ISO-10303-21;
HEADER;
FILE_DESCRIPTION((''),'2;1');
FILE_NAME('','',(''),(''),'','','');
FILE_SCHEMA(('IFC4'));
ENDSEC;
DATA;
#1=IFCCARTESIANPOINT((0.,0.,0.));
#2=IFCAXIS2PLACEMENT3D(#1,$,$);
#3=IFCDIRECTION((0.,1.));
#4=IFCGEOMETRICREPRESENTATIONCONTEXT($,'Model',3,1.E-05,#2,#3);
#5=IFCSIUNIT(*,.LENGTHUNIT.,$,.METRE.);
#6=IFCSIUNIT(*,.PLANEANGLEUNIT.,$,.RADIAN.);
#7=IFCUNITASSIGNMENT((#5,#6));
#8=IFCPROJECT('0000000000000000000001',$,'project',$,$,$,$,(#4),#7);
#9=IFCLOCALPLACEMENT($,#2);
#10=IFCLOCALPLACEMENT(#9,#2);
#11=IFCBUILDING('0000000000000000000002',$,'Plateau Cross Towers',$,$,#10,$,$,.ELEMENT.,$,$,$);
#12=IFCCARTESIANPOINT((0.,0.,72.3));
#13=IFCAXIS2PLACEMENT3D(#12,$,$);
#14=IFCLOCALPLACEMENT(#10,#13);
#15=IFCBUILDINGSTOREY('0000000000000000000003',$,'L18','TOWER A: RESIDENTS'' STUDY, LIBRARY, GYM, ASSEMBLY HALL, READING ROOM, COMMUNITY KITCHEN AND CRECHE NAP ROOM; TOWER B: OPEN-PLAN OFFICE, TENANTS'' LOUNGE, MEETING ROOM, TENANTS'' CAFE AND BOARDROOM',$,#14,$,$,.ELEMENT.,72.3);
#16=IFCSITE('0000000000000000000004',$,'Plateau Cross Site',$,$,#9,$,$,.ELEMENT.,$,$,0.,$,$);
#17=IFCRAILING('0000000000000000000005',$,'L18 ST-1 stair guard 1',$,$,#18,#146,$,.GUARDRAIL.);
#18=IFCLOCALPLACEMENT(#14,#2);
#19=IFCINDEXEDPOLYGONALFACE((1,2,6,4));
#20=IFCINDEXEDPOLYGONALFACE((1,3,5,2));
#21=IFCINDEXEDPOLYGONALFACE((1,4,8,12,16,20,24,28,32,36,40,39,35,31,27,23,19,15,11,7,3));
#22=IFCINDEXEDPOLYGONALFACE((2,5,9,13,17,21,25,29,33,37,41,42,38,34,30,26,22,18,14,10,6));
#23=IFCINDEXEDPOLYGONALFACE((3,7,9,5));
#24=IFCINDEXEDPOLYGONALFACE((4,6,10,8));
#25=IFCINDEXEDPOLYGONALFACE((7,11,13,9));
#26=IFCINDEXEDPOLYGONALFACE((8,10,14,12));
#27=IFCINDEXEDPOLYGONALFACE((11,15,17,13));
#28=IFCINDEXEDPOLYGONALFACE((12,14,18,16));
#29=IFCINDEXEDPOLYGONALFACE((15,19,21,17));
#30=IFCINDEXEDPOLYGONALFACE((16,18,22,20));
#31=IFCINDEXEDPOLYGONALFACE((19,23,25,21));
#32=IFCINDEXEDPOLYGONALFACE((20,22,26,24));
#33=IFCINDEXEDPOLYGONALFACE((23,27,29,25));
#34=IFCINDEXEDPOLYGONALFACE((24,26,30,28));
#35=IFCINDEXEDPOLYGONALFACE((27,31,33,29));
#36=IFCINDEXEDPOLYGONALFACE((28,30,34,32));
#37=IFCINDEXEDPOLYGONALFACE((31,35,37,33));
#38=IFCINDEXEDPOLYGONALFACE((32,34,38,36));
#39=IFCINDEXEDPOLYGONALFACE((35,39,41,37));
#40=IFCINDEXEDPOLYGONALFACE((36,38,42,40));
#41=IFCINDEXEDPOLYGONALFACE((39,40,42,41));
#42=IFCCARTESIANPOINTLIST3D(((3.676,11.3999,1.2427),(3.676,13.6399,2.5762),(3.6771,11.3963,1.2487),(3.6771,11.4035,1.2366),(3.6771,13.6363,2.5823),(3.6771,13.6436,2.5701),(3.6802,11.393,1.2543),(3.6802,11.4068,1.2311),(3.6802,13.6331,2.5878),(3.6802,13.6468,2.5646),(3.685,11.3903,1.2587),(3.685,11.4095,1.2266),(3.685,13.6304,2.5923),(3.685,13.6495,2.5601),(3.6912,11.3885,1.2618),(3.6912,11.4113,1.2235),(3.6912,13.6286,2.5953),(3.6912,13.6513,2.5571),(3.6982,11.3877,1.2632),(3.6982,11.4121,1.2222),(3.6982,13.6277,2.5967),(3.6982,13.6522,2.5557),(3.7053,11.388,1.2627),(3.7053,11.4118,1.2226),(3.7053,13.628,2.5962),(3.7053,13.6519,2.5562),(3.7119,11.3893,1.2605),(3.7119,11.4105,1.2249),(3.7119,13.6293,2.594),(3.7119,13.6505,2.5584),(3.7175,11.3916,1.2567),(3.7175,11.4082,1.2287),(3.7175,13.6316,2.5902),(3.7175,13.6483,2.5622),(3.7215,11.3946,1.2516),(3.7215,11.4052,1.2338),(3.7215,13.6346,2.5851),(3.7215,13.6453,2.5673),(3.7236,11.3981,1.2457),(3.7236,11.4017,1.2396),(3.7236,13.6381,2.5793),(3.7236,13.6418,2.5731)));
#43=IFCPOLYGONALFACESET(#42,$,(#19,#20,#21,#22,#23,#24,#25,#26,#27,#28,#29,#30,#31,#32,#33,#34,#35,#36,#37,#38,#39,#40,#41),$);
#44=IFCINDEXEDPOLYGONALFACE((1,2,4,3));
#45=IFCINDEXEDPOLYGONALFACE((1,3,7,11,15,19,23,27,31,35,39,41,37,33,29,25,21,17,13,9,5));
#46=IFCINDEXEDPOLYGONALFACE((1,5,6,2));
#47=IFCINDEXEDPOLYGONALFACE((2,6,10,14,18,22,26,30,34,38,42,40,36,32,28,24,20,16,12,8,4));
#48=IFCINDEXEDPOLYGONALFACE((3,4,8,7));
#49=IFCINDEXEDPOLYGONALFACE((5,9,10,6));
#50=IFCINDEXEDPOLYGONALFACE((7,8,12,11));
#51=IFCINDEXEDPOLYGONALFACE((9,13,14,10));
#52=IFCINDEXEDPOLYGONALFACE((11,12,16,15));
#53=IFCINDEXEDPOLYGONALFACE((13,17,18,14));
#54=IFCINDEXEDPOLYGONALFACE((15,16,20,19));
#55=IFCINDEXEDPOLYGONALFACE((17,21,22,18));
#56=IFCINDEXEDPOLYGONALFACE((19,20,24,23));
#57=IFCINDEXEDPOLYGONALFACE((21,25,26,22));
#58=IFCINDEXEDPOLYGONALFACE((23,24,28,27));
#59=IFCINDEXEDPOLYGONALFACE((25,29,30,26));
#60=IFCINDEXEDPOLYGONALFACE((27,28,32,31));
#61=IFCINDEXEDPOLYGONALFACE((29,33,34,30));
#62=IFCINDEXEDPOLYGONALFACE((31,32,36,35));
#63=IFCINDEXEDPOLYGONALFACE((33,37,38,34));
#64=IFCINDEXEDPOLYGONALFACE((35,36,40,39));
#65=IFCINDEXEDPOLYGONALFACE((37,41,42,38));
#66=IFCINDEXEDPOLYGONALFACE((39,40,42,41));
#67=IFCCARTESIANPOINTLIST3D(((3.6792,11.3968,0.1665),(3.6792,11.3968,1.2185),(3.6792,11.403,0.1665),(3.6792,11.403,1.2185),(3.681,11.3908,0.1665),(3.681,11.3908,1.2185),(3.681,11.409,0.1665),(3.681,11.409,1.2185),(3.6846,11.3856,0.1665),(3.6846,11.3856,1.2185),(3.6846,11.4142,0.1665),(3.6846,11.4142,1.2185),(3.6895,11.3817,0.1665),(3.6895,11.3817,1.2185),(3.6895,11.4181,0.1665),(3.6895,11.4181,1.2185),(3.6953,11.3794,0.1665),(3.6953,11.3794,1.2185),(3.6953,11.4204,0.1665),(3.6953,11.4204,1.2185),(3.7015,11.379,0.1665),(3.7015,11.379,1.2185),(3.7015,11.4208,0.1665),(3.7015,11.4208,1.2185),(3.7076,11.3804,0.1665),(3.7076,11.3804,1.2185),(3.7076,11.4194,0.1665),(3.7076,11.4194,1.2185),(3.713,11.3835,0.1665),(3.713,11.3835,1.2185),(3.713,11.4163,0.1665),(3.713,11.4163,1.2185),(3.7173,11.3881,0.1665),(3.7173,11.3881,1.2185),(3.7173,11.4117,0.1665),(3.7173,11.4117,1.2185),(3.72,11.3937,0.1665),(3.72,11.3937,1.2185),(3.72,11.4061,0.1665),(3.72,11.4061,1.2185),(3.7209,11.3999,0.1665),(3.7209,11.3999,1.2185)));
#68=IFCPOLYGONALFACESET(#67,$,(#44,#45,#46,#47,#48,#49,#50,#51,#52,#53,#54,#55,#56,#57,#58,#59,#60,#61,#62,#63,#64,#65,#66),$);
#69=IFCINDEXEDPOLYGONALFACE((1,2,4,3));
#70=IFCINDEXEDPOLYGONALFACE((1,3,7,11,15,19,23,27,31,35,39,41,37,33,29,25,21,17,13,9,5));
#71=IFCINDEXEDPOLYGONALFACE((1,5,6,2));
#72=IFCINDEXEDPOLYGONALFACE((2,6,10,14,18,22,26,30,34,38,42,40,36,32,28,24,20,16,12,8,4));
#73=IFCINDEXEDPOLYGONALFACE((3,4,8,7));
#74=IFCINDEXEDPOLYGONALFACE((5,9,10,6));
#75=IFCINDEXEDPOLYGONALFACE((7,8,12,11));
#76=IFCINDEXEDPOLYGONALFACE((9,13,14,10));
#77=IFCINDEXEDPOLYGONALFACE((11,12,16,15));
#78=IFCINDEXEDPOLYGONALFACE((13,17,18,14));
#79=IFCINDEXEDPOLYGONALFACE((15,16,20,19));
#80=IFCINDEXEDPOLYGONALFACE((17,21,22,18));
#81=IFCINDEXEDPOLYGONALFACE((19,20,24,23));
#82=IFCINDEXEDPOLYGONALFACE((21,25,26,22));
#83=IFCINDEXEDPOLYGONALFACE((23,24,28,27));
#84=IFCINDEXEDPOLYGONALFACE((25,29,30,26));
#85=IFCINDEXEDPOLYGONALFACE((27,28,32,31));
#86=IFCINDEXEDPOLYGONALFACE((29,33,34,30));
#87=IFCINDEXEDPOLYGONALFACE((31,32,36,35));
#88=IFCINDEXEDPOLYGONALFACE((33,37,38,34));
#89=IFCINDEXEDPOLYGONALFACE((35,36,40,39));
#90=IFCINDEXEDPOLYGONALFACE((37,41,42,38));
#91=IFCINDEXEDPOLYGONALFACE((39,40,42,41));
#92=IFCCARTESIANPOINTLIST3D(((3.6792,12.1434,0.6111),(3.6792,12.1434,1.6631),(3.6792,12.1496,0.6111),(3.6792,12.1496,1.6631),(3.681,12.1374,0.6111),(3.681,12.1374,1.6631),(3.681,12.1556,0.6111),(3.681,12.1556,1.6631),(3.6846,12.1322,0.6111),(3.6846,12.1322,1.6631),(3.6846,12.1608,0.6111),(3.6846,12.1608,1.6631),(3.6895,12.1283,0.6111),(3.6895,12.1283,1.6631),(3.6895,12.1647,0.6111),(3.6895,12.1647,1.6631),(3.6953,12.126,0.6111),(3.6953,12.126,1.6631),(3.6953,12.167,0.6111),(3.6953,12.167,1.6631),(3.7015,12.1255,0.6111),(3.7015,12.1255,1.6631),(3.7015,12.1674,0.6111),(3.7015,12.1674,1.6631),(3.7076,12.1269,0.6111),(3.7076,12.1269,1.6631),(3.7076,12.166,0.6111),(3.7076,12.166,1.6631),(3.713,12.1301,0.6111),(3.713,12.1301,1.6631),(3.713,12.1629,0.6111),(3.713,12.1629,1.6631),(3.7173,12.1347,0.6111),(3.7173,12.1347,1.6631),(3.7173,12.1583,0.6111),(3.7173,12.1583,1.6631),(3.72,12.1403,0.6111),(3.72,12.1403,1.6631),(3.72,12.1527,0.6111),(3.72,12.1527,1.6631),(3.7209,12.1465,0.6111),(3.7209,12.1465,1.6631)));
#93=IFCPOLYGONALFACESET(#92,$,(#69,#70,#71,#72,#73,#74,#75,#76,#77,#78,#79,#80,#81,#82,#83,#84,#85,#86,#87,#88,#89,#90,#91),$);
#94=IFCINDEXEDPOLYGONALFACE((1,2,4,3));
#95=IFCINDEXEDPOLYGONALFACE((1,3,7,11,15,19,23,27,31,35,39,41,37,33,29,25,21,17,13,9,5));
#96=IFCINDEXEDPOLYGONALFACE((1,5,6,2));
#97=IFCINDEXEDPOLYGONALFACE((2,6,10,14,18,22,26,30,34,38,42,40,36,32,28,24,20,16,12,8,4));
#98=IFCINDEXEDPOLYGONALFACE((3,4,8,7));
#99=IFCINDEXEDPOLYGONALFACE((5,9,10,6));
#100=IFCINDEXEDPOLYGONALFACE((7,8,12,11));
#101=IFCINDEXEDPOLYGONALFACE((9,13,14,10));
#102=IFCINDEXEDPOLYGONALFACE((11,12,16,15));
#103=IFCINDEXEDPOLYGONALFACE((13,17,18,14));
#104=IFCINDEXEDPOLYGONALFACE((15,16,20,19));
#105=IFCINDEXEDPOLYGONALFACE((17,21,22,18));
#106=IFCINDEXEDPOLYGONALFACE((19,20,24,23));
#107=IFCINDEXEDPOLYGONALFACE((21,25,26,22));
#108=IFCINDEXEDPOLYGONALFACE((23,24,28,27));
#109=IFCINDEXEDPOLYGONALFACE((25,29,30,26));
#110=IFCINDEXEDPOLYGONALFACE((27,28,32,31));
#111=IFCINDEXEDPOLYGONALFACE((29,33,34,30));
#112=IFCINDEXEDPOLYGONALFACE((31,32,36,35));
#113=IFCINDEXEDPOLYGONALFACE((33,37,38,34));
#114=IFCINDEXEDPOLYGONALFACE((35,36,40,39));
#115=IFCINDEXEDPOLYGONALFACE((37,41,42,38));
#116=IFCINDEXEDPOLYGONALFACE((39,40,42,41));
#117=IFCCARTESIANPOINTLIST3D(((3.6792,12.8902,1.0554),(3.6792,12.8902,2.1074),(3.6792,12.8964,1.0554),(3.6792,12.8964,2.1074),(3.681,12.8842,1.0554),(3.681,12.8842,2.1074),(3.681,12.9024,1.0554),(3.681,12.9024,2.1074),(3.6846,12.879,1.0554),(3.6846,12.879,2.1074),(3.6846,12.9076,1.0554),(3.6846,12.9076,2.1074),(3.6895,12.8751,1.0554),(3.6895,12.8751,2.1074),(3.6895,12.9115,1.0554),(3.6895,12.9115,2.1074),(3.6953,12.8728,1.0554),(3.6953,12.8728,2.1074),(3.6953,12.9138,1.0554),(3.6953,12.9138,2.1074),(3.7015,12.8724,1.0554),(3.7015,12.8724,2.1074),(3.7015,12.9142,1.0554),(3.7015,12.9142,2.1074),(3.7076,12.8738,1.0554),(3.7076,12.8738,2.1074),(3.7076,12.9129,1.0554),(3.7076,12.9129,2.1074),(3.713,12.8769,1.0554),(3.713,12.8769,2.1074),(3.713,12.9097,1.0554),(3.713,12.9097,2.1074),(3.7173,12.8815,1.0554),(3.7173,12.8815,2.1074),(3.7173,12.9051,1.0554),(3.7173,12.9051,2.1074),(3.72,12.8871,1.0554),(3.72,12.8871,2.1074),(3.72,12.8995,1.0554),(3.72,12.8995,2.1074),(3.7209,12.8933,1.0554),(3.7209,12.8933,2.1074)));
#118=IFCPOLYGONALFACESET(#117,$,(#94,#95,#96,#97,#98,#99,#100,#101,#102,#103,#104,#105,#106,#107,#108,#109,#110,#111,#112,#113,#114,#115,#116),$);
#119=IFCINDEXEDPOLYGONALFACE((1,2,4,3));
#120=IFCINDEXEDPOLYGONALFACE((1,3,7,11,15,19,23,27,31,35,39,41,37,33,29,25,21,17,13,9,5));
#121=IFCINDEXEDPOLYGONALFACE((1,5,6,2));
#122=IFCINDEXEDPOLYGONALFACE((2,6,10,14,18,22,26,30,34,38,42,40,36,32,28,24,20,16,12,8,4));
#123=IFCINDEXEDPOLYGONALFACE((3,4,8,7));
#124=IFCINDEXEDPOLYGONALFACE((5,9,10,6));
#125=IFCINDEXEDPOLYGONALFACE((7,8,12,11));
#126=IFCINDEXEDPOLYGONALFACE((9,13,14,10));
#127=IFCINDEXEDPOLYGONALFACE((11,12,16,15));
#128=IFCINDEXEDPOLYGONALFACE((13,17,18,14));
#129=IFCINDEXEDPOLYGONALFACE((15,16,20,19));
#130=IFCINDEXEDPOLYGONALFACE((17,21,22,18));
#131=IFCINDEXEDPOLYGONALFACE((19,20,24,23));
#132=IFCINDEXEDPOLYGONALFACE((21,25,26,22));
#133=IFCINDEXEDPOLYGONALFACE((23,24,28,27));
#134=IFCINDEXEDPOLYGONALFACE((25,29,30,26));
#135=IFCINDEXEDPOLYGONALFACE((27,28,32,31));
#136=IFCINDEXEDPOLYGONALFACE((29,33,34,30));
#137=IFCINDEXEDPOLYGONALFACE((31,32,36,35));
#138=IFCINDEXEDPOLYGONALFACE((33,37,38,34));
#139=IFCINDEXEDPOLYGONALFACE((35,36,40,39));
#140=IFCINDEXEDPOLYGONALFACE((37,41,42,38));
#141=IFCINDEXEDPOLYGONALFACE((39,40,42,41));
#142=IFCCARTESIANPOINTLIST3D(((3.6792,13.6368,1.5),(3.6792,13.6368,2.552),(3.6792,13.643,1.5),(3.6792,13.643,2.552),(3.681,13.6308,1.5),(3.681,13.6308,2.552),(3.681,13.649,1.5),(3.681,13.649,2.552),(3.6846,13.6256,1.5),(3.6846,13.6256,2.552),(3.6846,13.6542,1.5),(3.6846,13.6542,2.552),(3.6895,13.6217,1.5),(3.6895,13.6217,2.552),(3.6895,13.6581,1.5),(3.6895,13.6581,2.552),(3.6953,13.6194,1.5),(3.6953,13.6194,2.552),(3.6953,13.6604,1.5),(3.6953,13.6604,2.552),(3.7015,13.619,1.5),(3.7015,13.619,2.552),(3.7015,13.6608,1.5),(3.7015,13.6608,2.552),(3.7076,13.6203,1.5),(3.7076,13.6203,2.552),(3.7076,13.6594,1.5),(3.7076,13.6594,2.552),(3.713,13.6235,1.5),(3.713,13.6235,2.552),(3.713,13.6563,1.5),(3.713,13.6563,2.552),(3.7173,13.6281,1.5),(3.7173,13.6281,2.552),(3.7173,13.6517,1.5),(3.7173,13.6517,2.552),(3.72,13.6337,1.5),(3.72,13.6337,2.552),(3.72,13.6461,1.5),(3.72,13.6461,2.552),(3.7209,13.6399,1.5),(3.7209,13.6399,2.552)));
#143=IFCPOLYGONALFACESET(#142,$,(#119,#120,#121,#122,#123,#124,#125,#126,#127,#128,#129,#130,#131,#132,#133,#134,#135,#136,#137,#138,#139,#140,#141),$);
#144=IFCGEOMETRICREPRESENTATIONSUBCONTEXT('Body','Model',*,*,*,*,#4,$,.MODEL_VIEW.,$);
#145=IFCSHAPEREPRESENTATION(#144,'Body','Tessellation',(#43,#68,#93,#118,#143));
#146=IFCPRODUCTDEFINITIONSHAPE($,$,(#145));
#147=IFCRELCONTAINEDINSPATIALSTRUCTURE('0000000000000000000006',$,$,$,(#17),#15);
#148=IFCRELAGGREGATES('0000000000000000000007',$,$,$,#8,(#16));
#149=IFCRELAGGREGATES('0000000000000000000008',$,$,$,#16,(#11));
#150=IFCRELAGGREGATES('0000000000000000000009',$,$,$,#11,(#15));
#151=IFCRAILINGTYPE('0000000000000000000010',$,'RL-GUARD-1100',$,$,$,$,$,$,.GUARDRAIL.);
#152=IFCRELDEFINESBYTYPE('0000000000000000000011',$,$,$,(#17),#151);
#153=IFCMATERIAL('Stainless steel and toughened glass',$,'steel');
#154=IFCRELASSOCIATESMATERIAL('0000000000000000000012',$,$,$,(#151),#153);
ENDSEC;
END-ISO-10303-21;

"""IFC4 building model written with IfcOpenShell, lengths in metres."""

from ifc_helpers import new_model, si_unit, direction, frame, origin, origin_2d, place, context, subcontext, project, spatial, circle, extrude, material, type_object, element, save


model = new_model("IFC4")

# Units and contexts
model_context = context("Model", 3, precision=1e-05, world=origin(), true_north=direction((0.0, 1.0)))
body_context = subcontext(model_context, "Body", "Model", "MODEL_VIEW")
ifc_project = project(units=[si_unit("LENGTHUNIT", "METRE"), si_unit("PLANEANGLEUNIT", "RADIAN")], contexts=[model_context])

# Site, building, storey
site_placement = place(None, origin())
site = spatial("IfcSite", under=ifc_project, at=site_placement, Name="Plateau Cross Site", CompositionType="ELEMENT", RefElevation=0.0)
building_placement = place(site_placement, origin())
building = spatial("IfcBuilding", under=site, at=building_placement, Name="Plateau Cross Towers", CompositionType="ELEMENT")
storey_placement = place(building_placement, frame((0.0, 0.0, 72.3)))
storey = spatial("IfcBuildingStorey", under=building, at=storey_placement, Name="L18", Description="TOWER A: RESIDENTS' STUDY, LIBRARY, GYM, ASSEMBLY HALL, READING ROOM, COMMUNITY KITCHEN AND CRECHE NAP ROOM; TOWER B: OPEN-PLAN OFFICE, TENANTS' LOUNGE, MEETING ROOM, TENANTS' CAFE AND BOARDROOM", CompositionType="ELEMENT", Elevation=72.3)

# Railing
ifc_material_1 = material(Name="Stainless steel and toughened glass", Category="steel")
railing_type = type_object("IfcRailingType", Name="RL-GUARD-1100", PredefinedType="GUARDRAIL", material=ifc_material_1)
railing_1_placement = place(storey_placement, frame((3.7, 11.3999, 0.1665)))
element("IfcRailing", 1, at=railing_1_placement, inside=storey, type_object=railing_type, Name="L18 ST-1 stair guard 1", PredefinedType="GUARDRAIL", context=body_context, shape_type="SweptSolid", body=[
    extrude(circle(Radius=0.0239, at=origin_2d()), frame((0.0, 0.0, 1.0762), z_axis=(0.0, 0.859264, 0.511532), x_axis=(-1.0, 0.0, 0.0)), (0.0, 0.0, 1.0), 2.6069),
    extrude(circle(Radius=0.021, at=origin_2d()), origin(), (0.0, 0.0, 1.0), 1.052),
    extrude(circle(Radius=0.021, at=origin_2d()), frame((0.0, 0.7466, 0.4446)), (0.0, 0.0, 1.0), 1.052),
    extrude(circle(Radius=0.021, at=origin_2d()), frame((0.0, 1.4934, 0.8889)), (0.0, 0.0, 1.0), 1.052),
    extrude(circle(Radius=0.021, at=origin_2d()), frame((0.0, 2.24, 1.3335)), (0.0, 0.0, 1.0), 1.052),
])

save(model, "model.ifc")
